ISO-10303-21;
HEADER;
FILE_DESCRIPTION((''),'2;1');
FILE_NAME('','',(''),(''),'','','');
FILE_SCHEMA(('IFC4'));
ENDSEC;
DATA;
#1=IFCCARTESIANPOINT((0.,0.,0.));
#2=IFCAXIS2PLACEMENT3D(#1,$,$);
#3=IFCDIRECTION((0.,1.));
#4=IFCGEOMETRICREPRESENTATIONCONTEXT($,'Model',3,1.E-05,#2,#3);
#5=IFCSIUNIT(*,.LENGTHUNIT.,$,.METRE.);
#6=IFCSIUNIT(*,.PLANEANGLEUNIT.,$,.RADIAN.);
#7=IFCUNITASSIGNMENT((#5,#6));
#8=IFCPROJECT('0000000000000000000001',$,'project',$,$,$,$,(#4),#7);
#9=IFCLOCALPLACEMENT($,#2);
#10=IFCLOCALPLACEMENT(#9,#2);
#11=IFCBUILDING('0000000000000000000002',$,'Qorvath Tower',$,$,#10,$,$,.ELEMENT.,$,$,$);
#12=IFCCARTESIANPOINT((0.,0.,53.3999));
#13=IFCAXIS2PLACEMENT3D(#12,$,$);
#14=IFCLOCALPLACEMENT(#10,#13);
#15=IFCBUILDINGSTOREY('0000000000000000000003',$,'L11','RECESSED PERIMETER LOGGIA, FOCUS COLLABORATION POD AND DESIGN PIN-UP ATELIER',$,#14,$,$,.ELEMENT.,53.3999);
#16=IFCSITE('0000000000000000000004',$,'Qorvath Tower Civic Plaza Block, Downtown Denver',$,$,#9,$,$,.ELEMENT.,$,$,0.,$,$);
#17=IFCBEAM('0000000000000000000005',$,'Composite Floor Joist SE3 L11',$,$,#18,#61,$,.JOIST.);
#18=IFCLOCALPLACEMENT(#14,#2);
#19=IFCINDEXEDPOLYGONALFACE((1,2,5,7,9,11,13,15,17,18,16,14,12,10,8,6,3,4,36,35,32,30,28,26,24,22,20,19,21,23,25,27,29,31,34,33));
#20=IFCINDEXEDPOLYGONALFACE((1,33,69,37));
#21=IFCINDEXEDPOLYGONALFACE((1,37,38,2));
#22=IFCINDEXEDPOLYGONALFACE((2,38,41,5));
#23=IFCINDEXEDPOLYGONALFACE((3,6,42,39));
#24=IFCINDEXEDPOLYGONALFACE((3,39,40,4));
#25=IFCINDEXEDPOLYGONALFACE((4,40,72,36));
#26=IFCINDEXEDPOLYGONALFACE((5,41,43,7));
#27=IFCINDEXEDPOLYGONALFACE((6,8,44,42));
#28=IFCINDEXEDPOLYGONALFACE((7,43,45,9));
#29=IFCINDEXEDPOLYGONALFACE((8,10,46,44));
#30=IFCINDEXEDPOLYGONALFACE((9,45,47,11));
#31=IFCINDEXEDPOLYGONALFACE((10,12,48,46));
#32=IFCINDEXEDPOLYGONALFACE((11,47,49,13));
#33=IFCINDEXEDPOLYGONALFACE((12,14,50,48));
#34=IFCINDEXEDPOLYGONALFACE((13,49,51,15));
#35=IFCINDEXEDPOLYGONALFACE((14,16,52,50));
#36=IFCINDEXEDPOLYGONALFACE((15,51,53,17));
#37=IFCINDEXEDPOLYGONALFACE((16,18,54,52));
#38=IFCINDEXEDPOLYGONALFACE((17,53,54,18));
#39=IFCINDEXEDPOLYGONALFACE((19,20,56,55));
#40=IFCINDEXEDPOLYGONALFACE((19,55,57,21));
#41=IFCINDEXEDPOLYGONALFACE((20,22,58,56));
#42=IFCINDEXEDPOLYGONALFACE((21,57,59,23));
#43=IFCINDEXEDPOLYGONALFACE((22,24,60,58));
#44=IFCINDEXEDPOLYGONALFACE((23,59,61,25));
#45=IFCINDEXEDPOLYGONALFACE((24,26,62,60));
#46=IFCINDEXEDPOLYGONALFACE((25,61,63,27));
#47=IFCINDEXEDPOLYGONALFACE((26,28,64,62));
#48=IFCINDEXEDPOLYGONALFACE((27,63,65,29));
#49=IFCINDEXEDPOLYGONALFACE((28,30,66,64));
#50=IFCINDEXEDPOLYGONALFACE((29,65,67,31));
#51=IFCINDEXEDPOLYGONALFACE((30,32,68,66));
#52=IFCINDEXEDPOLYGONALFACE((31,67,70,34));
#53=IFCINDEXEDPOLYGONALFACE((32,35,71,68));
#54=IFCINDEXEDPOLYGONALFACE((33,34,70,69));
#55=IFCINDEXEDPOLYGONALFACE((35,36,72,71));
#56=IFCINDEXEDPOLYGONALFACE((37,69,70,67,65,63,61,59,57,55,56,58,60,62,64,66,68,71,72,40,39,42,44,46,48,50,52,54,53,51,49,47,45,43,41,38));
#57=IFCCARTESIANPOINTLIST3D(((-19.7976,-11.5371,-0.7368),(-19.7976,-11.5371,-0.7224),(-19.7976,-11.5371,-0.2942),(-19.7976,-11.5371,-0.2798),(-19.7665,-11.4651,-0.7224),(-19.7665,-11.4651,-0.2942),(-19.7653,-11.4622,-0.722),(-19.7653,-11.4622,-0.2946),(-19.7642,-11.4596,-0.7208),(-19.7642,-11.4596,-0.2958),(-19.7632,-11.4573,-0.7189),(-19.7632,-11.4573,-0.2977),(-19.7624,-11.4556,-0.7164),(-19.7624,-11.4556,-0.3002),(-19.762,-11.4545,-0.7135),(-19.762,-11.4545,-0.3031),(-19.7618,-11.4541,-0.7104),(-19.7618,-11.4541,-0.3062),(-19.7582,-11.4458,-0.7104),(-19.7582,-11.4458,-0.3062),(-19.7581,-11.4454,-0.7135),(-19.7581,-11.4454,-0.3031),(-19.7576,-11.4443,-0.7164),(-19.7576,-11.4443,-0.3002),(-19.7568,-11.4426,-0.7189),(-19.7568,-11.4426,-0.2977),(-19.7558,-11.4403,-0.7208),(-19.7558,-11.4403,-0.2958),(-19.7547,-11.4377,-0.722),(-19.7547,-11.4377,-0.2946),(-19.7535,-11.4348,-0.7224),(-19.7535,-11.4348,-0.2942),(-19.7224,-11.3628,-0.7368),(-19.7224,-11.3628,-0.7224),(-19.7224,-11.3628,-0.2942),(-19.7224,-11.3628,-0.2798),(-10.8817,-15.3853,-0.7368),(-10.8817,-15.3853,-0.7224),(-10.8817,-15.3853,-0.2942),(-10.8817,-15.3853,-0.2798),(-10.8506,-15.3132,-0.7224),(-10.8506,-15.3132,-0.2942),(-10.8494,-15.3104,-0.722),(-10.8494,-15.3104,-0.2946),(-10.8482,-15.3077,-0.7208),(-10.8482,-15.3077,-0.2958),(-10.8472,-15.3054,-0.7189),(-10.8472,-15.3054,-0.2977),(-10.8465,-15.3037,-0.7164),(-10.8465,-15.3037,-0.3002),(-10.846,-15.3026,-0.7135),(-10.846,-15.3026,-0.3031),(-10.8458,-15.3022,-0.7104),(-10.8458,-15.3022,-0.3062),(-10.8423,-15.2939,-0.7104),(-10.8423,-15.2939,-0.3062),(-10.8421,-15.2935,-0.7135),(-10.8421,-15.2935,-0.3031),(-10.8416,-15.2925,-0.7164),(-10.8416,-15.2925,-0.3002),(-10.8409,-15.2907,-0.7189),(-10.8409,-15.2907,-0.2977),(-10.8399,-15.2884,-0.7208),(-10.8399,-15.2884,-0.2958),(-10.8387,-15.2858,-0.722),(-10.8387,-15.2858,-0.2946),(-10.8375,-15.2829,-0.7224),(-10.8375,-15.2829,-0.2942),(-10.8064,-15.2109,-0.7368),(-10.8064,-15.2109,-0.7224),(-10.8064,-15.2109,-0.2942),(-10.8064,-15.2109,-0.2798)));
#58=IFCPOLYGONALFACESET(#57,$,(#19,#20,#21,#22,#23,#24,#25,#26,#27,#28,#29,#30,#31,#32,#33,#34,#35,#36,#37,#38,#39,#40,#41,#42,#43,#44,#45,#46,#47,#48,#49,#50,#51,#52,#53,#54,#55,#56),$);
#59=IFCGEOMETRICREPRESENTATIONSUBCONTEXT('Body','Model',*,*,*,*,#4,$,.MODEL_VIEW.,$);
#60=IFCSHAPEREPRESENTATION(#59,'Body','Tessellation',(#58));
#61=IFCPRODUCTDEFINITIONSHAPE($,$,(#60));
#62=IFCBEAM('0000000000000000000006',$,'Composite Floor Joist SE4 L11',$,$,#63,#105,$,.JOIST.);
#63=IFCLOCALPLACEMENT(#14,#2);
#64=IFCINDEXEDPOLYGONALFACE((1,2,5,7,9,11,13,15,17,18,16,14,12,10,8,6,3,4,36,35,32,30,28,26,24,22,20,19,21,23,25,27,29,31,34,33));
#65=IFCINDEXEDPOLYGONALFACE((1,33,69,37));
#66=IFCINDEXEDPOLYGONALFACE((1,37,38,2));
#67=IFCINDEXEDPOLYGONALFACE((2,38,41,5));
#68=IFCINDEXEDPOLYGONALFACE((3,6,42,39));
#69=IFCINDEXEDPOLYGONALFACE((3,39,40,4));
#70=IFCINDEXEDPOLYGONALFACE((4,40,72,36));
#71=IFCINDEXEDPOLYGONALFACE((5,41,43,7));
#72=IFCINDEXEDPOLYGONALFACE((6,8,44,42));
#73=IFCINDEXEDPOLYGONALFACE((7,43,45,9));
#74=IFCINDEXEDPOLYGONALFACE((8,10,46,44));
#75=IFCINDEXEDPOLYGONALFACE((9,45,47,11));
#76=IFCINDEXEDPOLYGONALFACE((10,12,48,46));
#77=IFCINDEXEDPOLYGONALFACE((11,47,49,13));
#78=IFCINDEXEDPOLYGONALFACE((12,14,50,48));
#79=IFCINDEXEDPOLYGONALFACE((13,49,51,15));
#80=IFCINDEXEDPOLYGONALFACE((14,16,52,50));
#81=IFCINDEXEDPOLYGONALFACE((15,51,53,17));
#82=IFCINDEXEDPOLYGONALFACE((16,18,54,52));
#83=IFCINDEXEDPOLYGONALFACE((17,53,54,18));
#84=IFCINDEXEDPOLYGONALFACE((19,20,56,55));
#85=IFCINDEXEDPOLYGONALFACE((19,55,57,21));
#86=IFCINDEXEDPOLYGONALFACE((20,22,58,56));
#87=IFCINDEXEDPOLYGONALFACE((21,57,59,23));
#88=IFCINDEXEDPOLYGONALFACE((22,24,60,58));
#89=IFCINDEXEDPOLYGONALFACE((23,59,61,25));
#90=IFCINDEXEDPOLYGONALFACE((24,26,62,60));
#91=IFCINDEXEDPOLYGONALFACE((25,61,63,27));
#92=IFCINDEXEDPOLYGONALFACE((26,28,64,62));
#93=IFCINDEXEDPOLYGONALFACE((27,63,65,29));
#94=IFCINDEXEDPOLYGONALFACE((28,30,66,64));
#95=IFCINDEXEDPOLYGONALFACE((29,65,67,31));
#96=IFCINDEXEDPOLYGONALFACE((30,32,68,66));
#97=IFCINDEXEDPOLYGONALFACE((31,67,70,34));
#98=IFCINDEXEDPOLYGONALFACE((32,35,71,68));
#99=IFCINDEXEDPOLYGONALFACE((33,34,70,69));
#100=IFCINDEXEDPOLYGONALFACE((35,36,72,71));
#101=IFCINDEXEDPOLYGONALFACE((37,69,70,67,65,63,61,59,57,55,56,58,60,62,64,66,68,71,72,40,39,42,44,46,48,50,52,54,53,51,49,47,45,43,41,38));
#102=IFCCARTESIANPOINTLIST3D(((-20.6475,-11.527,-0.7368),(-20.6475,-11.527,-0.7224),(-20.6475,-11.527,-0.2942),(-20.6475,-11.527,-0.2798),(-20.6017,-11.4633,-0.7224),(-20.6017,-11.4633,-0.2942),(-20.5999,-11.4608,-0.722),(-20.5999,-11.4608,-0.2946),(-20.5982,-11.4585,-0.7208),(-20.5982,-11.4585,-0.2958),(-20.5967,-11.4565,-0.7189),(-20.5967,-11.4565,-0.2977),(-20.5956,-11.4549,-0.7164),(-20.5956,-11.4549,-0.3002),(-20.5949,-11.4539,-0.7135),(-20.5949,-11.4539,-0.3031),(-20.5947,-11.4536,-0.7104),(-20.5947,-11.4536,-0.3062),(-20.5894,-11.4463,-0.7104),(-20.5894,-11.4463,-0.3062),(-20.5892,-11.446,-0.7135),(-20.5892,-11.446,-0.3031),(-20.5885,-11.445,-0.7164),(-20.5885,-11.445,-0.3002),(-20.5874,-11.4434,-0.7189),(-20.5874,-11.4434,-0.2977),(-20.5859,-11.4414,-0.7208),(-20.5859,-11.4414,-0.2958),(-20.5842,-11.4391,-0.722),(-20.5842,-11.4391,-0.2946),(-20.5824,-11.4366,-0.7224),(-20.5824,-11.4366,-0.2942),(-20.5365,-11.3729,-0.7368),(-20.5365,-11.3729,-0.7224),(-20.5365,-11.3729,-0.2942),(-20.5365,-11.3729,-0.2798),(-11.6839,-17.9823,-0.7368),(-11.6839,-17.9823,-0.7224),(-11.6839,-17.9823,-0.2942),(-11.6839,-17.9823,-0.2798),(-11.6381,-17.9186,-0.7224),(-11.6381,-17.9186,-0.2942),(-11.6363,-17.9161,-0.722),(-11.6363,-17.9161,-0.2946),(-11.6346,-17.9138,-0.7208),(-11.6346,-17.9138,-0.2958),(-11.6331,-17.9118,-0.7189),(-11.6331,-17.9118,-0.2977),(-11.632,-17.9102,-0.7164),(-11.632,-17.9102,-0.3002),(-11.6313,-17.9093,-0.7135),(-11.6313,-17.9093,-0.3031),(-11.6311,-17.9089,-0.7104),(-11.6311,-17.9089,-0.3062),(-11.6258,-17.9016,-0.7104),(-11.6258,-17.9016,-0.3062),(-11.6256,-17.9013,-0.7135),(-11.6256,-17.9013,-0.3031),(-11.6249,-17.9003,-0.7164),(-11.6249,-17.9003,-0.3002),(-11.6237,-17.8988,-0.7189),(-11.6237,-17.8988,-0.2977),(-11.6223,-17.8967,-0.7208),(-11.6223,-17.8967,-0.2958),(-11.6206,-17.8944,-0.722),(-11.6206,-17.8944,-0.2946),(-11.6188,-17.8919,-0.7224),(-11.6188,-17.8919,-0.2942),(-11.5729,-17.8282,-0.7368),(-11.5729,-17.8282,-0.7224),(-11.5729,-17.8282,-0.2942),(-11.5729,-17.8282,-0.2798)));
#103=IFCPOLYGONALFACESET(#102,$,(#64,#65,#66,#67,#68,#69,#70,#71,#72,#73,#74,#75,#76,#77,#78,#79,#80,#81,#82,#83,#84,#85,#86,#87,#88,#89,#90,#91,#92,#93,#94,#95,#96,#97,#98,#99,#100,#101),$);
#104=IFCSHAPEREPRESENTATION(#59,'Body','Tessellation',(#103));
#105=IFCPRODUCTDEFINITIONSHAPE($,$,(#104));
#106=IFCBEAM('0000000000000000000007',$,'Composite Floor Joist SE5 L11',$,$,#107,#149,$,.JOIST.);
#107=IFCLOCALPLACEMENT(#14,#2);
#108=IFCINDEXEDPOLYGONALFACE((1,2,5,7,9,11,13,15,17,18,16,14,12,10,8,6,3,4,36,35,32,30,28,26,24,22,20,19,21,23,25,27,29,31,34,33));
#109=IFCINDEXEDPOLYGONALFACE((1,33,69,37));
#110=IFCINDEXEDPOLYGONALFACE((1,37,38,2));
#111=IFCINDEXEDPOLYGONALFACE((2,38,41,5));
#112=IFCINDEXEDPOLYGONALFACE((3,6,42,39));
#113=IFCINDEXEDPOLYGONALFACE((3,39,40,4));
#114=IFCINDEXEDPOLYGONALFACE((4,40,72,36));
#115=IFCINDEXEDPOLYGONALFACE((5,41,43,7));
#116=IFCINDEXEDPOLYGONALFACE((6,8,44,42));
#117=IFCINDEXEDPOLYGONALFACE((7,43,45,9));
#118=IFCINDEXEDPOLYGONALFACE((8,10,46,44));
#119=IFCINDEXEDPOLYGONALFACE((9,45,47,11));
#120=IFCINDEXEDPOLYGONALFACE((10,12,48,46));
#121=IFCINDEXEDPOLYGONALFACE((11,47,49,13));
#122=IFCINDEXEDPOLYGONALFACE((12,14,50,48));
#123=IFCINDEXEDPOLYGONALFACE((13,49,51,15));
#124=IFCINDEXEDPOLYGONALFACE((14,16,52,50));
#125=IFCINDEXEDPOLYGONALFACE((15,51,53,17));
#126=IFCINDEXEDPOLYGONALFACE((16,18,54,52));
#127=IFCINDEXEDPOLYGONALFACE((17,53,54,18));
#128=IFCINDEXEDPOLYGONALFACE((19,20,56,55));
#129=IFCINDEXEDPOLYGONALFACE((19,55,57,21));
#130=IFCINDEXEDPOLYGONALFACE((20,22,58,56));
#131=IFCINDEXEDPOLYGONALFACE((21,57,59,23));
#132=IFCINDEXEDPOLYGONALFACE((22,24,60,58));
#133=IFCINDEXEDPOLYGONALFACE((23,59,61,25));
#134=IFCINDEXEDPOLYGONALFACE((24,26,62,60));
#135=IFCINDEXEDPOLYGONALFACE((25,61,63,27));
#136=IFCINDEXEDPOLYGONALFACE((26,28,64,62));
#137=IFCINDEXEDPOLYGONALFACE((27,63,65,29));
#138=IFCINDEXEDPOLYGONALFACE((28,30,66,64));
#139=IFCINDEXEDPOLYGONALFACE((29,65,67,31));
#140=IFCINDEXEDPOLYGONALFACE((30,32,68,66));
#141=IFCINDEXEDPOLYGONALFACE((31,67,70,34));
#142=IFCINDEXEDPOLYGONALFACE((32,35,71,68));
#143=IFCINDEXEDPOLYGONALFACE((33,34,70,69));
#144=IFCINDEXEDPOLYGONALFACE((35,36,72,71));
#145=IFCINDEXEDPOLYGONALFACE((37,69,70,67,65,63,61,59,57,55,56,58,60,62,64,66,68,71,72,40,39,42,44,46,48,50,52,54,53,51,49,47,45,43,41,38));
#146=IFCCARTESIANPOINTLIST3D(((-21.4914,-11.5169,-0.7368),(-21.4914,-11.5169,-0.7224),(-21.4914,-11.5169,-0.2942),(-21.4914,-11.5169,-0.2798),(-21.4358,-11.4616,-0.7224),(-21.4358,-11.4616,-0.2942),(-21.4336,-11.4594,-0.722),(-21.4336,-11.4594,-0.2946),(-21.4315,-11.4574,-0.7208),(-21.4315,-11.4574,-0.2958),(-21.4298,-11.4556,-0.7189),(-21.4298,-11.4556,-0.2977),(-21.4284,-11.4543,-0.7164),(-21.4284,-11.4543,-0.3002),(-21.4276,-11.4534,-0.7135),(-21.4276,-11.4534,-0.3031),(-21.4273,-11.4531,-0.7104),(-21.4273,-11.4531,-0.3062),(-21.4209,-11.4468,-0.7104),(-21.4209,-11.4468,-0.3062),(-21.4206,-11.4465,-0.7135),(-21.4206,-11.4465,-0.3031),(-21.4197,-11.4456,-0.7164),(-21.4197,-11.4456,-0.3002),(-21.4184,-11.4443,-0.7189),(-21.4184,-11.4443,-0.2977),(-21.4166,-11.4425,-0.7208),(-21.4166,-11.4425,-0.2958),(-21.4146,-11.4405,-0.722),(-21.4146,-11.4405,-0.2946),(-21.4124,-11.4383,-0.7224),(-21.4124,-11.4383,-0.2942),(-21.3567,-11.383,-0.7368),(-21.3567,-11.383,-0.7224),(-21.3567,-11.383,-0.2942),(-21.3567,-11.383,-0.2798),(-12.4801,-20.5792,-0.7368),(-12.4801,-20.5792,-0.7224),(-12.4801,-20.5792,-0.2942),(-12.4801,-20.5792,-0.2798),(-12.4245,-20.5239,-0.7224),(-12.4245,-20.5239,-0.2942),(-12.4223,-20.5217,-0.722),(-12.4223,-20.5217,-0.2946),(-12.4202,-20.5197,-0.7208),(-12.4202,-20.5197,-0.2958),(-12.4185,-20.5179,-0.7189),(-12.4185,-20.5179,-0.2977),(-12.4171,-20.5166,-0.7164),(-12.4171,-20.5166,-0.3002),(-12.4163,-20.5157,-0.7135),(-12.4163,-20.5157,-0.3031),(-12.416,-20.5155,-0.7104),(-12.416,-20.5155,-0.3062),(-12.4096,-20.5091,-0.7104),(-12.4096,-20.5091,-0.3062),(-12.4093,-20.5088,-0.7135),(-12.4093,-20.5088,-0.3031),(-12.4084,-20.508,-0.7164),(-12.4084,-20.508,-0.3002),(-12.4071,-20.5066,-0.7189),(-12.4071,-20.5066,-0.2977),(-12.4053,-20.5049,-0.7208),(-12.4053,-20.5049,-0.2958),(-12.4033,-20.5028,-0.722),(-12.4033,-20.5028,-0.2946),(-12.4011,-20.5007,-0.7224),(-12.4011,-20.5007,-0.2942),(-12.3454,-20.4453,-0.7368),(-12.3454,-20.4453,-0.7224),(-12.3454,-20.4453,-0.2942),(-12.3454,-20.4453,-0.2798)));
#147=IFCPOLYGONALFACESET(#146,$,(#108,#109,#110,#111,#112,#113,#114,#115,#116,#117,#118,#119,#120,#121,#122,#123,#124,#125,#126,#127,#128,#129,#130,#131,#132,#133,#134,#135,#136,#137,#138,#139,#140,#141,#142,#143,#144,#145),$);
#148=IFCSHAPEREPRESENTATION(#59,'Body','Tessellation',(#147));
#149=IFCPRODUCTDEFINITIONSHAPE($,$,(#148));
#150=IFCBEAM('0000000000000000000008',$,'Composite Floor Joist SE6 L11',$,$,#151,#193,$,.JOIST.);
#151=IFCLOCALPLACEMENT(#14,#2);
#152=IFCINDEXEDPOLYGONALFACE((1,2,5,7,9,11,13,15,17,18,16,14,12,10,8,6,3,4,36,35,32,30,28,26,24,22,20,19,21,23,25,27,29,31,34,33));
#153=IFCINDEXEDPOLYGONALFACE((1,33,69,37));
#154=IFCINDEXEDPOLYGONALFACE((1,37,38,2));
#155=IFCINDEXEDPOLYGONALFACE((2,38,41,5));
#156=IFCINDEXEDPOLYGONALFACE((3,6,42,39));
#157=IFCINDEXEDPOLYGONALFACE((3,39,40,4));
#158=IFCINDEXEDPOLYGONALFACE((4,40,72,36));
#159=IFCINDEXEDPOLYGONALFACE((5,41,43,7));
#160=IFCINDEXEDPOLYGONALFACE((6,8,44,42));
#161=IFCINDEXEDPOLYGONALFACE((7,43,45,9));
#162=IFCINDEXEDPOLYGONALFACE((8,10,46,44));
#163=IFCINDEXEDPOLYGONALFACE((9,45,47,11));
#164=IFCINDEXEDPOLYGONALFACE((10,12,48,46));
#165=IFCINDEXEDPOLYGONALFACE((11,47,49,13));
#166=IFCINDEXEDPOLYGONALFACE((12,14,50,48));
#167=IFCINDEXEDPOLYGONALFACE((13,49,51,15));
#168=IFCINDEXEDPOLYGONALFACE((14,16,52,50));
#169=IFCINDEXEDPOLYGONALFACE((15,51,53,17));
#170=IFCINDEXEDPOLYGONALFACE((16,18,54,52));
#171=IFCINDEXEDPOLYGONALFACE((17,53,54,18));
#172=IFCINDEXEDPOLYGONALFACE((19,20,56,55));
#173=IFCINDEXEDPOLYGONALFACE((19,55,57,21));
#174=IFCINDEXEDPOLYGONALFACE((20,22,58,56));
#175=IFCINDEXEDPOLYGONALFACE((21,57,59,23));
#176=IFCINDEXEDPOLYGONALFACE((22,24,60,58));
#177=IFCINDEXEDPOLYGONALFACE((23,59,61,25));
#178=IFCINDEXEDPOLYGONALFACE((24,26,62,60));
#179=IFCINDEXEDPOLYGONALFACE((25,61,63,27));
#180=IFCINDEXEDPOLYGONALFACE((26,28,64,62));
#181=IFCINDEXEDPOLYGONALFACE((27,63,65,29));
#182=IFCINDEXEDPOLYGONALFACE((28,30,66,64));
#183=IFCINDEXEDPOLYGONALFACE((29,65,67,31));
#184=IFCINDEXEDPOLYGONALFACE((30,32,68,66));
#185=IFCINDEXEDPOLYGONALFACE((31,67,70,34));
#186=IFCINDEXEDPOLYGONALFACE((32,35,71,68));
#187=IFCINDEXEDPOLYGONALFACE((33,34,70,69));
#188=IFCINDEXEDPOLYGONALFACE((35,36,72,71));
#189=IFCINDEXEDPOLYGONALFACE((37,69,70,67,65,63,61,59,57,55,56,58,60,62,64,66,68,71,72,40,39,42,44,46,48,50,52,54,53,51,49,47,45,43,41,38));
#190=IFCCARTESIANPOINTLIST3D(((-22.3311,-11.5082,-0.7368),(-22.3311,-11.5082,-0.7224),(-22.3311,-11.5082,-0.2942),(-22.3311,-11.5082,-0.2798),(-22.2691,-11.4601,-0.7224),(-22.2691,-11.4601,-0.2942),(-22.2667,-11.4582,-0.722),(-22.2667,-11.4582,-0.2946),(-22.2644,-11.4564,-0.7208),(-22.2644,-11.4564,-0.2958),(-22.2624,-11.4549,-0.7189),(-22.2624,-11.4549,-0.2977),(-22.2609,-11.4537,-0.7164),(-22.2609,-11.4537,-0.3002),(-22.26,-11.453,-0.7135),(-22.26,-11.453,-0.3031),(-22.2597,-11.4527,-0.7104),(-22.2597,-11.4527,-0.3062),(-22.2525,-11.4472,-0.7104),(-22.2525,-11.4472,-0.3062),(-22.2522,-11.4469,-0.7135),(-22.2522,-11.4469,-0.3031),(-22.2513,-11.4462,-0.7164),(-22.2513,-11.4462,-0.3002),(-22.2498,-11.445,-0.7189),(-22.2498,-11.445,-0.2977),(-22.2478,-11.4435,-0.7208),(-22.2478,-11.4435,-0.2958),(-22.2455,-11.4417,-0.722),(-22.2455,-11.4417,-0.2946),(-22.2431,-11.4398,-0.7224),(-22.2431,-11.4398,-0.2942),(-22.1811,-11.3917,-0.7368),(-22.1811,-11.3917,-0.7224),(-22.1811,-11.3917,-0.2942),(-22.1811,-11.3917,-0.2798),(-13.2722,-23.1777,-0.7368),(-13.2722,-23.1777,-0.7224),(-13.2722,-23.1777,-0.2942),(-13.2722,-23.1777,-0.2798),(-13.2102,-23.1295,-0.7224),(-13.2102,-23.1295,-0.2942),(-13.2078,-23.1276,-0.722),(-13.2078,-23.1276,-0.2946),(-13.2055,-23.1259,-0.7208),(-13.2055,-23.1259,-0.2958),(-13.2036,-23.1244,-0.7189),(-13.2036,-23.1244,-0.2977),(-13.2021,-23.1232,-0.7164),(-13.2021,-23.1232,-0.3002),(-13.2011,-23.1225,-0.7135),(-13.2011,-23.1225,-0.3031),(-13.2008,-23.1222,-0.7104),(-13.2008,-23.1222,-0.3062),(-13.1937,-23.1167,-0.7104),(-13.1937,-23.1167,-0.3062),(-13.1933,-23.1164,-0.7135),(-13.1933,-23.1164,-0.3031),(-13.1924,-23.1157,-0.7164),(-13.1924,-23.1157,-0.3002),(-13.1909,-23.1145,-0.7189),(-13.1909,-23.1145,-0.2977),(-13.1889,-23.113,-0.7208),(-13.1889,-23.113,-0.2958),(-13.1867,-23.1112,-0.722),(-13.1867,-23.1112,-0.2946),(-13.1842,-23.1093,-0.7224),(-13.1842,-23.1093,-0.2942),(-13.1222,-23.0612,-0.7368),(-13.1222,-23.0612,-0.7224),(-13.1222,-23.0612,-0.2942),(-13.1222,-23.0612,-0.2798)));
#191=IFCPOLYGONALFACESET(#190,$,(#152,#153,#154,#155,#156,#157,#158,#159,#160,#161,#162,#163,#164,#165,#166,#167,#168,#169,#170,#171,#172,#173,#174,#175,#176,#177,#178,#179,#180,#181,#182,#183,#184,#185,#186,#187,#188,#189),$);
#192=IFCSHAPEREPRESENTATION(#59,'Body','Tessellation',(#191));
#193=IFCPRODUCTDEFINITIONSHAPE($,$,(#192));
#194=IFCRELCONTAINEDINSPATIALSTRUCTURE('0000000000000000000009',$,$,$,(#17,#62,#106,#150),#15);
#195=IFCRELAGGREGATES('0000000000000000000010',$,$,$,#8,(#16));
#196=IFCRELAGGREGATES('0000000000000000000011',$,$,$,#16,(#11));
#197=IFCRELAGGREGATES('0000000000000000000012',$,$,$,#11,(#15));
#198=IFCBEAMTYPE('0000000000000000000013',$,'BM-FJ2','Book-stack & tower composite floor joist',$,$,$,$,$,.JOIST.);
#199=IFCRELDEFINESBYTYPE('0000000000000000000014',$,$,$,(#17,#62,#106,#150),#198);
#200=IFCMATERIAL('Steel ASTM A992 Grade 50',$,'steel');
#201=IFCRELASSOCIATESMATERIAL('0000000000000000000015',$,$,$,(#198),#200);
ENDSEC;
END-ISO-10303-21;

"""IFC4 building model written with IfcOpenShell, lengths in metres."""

from ifc_helpers import new_model, si_unit, direction, frame, origin, origin_2d, place, context, subcontext, project, spatial, i_section, extrude, material, material_profile, profile_set, type_object, element, save


model = new_model("IFC4")

# Units and contexts
model_context = context("Model", 3, precision=1e-05, world=origin(), true_north=direction((0.0, 1.0)))
body_context = subcontext(model_context, "Body", "Model", "MODEL_VIEW")
ifc_project = project(units=[si_unit("LENGTHUNIT", "METRE"), si_unit("PLANEANGLEUNIT", "RADIAN")], contexts=[model_context])

# Site, building, storey
site_placement = place(None, origin())
site = spatial("IfcSite", under=ifc_project, at=site_placement, Name="Qorvath Tower Civic Plaza Block, Downtown Denver", CompositionType="ELEMENT", RefElevation=0.0)
building_placement = place(site_placement, origin())
building = spatial("IfcBuilding", under=site, at=building_placement, Name="Qorvath Tower", CompositionType="ELEMENT")
storey_placement = place(building_placement, frame((0.0, 0.0, 53.3999)))
storey = spatial("IfcBuildingStorey", under=building, at=storey_placement, Name="L11", Description="RECESSED PERIMETER LOGGIA, FOCUS COLLABORATION POD AND DESIGN PIN-UP ATELIER", CompositionType="ELEMENT", Elevation=53.3999)

# Beams
ifc_material_1 = material(Name="Steel ASTM A992 Grade 50", Category="steel")
ifc_material_profile_1 = material_profile(ifc_material_1, i_section(OverallWidth=0.1899, OverallDepth=0.457, WebThickness=0.009, FlangeThickness=0.0144, FilletRadius=0.012, at=origin_2d()), Name="W18x50")
ifc_profile_set_1 = profile_set([ifc_material_profile_1], Name="Steel ASTM A992 Grade 50")
beam_type_1 = type_object("IfcBeamType", Name="BM-FJ2", Description="Book-stack & tower composite floor joist", PredefinedType="JOIST", material=ifc_profile_set_1)
beam_1_placement = place(storey_placement, frame((-19.76, -11.45, -0.5083), z_axis=(0.918136, -0.396266, 0.0), x_axis=(0.396266, 0.918136, 0.0)))
element("IfcBeam", 1, at=beam_1_placement, inside=storey, type_object=beam_type_1, Name="Composite Floor Joist SE3 L11", PredefinedType="JOIST", context=body_context, shape_type="SweptSolid", body=[
    extrude(i_section(OverallWidth=0.1899, OverallDepth=0.457, WebThickness=0.009, FlangeThickness=0.0144, FilletRadius=0.012, at=origin_2d()), origin(), (0.0, 0.0, 1.0), 9.7109),
])
beam_2_placement = place(storey_placement, frame((-20.592, -11.45, -0.5083), z_axis=(0.811469, -0.584395, 0.0), x_axis=(0.584395, 0.811469, 0.0)))
element("IfcBeam", 2, at=beam_2_placement, inside=storey, type_object=beam_type_1, Name="Composite Floor Joist SE4 L11", PredefinedType="JOIST", context=body_context, shape_type="SweptSolid", body=[
    extrude(i_section(OverallWidth=0.1899, OverallDepth=0.457, WebThickness=0.009, FlangeThickness=0.0144, FilletRadius=0.012, at=origin_2d()), origin(), (0.0, 0.0, 1.0), 11.0461),
])
beam_3_placement = place(storey_placement, frame((-21.4241, -11.45, -0.5083), z_axis=(0.705108, -0.7091, 0.0), x_axis=(0.7091, 0.705108, 0.0)))
element("IfcBeam", 3, at=beam_3_placement, inside=storey, type_object=beam_type_1, Name="Composite Floor Joist SE5 L11", PredefinedType="JOIST", context=body_context, shape_type="SweptSolid", body=[
    extrude(i_section(OverallWidth=0.1899, OverallDepth=0.457, WebThickness=0.009, FlangeThickness=0.0144, FilletRadius=0.012, at=origin_2d()), origin(), (0.0, 0.0, 1.0), 12.78),
])
beam_4_placement = place(storey_placement, frame((-22.2561, -11.45, -0.5083), z_axis=(0.613207, -0.789922, 0.0), x_axis=(0.789922, 0.613207, 0.0)))
element("IfcBeam", 4, at=beam_4_placement, inside=storey, type_object=beam_type_1, Name="Composite Floor Joist SE6 L11", PredefinedType="JOIST", context=body_context, shape_type="SweptSolid", body=[
    extrude(i_section(OverallWidth=0.1899, OverallDepth=0.457, WebThickness=0.009, FlangeThickness=0.0144, FilletRadius=0.012, at=origin_2d()), origin(), (0.0, 0.0, 1.0), 14.7729),
])

save(model, "model.ifc")
